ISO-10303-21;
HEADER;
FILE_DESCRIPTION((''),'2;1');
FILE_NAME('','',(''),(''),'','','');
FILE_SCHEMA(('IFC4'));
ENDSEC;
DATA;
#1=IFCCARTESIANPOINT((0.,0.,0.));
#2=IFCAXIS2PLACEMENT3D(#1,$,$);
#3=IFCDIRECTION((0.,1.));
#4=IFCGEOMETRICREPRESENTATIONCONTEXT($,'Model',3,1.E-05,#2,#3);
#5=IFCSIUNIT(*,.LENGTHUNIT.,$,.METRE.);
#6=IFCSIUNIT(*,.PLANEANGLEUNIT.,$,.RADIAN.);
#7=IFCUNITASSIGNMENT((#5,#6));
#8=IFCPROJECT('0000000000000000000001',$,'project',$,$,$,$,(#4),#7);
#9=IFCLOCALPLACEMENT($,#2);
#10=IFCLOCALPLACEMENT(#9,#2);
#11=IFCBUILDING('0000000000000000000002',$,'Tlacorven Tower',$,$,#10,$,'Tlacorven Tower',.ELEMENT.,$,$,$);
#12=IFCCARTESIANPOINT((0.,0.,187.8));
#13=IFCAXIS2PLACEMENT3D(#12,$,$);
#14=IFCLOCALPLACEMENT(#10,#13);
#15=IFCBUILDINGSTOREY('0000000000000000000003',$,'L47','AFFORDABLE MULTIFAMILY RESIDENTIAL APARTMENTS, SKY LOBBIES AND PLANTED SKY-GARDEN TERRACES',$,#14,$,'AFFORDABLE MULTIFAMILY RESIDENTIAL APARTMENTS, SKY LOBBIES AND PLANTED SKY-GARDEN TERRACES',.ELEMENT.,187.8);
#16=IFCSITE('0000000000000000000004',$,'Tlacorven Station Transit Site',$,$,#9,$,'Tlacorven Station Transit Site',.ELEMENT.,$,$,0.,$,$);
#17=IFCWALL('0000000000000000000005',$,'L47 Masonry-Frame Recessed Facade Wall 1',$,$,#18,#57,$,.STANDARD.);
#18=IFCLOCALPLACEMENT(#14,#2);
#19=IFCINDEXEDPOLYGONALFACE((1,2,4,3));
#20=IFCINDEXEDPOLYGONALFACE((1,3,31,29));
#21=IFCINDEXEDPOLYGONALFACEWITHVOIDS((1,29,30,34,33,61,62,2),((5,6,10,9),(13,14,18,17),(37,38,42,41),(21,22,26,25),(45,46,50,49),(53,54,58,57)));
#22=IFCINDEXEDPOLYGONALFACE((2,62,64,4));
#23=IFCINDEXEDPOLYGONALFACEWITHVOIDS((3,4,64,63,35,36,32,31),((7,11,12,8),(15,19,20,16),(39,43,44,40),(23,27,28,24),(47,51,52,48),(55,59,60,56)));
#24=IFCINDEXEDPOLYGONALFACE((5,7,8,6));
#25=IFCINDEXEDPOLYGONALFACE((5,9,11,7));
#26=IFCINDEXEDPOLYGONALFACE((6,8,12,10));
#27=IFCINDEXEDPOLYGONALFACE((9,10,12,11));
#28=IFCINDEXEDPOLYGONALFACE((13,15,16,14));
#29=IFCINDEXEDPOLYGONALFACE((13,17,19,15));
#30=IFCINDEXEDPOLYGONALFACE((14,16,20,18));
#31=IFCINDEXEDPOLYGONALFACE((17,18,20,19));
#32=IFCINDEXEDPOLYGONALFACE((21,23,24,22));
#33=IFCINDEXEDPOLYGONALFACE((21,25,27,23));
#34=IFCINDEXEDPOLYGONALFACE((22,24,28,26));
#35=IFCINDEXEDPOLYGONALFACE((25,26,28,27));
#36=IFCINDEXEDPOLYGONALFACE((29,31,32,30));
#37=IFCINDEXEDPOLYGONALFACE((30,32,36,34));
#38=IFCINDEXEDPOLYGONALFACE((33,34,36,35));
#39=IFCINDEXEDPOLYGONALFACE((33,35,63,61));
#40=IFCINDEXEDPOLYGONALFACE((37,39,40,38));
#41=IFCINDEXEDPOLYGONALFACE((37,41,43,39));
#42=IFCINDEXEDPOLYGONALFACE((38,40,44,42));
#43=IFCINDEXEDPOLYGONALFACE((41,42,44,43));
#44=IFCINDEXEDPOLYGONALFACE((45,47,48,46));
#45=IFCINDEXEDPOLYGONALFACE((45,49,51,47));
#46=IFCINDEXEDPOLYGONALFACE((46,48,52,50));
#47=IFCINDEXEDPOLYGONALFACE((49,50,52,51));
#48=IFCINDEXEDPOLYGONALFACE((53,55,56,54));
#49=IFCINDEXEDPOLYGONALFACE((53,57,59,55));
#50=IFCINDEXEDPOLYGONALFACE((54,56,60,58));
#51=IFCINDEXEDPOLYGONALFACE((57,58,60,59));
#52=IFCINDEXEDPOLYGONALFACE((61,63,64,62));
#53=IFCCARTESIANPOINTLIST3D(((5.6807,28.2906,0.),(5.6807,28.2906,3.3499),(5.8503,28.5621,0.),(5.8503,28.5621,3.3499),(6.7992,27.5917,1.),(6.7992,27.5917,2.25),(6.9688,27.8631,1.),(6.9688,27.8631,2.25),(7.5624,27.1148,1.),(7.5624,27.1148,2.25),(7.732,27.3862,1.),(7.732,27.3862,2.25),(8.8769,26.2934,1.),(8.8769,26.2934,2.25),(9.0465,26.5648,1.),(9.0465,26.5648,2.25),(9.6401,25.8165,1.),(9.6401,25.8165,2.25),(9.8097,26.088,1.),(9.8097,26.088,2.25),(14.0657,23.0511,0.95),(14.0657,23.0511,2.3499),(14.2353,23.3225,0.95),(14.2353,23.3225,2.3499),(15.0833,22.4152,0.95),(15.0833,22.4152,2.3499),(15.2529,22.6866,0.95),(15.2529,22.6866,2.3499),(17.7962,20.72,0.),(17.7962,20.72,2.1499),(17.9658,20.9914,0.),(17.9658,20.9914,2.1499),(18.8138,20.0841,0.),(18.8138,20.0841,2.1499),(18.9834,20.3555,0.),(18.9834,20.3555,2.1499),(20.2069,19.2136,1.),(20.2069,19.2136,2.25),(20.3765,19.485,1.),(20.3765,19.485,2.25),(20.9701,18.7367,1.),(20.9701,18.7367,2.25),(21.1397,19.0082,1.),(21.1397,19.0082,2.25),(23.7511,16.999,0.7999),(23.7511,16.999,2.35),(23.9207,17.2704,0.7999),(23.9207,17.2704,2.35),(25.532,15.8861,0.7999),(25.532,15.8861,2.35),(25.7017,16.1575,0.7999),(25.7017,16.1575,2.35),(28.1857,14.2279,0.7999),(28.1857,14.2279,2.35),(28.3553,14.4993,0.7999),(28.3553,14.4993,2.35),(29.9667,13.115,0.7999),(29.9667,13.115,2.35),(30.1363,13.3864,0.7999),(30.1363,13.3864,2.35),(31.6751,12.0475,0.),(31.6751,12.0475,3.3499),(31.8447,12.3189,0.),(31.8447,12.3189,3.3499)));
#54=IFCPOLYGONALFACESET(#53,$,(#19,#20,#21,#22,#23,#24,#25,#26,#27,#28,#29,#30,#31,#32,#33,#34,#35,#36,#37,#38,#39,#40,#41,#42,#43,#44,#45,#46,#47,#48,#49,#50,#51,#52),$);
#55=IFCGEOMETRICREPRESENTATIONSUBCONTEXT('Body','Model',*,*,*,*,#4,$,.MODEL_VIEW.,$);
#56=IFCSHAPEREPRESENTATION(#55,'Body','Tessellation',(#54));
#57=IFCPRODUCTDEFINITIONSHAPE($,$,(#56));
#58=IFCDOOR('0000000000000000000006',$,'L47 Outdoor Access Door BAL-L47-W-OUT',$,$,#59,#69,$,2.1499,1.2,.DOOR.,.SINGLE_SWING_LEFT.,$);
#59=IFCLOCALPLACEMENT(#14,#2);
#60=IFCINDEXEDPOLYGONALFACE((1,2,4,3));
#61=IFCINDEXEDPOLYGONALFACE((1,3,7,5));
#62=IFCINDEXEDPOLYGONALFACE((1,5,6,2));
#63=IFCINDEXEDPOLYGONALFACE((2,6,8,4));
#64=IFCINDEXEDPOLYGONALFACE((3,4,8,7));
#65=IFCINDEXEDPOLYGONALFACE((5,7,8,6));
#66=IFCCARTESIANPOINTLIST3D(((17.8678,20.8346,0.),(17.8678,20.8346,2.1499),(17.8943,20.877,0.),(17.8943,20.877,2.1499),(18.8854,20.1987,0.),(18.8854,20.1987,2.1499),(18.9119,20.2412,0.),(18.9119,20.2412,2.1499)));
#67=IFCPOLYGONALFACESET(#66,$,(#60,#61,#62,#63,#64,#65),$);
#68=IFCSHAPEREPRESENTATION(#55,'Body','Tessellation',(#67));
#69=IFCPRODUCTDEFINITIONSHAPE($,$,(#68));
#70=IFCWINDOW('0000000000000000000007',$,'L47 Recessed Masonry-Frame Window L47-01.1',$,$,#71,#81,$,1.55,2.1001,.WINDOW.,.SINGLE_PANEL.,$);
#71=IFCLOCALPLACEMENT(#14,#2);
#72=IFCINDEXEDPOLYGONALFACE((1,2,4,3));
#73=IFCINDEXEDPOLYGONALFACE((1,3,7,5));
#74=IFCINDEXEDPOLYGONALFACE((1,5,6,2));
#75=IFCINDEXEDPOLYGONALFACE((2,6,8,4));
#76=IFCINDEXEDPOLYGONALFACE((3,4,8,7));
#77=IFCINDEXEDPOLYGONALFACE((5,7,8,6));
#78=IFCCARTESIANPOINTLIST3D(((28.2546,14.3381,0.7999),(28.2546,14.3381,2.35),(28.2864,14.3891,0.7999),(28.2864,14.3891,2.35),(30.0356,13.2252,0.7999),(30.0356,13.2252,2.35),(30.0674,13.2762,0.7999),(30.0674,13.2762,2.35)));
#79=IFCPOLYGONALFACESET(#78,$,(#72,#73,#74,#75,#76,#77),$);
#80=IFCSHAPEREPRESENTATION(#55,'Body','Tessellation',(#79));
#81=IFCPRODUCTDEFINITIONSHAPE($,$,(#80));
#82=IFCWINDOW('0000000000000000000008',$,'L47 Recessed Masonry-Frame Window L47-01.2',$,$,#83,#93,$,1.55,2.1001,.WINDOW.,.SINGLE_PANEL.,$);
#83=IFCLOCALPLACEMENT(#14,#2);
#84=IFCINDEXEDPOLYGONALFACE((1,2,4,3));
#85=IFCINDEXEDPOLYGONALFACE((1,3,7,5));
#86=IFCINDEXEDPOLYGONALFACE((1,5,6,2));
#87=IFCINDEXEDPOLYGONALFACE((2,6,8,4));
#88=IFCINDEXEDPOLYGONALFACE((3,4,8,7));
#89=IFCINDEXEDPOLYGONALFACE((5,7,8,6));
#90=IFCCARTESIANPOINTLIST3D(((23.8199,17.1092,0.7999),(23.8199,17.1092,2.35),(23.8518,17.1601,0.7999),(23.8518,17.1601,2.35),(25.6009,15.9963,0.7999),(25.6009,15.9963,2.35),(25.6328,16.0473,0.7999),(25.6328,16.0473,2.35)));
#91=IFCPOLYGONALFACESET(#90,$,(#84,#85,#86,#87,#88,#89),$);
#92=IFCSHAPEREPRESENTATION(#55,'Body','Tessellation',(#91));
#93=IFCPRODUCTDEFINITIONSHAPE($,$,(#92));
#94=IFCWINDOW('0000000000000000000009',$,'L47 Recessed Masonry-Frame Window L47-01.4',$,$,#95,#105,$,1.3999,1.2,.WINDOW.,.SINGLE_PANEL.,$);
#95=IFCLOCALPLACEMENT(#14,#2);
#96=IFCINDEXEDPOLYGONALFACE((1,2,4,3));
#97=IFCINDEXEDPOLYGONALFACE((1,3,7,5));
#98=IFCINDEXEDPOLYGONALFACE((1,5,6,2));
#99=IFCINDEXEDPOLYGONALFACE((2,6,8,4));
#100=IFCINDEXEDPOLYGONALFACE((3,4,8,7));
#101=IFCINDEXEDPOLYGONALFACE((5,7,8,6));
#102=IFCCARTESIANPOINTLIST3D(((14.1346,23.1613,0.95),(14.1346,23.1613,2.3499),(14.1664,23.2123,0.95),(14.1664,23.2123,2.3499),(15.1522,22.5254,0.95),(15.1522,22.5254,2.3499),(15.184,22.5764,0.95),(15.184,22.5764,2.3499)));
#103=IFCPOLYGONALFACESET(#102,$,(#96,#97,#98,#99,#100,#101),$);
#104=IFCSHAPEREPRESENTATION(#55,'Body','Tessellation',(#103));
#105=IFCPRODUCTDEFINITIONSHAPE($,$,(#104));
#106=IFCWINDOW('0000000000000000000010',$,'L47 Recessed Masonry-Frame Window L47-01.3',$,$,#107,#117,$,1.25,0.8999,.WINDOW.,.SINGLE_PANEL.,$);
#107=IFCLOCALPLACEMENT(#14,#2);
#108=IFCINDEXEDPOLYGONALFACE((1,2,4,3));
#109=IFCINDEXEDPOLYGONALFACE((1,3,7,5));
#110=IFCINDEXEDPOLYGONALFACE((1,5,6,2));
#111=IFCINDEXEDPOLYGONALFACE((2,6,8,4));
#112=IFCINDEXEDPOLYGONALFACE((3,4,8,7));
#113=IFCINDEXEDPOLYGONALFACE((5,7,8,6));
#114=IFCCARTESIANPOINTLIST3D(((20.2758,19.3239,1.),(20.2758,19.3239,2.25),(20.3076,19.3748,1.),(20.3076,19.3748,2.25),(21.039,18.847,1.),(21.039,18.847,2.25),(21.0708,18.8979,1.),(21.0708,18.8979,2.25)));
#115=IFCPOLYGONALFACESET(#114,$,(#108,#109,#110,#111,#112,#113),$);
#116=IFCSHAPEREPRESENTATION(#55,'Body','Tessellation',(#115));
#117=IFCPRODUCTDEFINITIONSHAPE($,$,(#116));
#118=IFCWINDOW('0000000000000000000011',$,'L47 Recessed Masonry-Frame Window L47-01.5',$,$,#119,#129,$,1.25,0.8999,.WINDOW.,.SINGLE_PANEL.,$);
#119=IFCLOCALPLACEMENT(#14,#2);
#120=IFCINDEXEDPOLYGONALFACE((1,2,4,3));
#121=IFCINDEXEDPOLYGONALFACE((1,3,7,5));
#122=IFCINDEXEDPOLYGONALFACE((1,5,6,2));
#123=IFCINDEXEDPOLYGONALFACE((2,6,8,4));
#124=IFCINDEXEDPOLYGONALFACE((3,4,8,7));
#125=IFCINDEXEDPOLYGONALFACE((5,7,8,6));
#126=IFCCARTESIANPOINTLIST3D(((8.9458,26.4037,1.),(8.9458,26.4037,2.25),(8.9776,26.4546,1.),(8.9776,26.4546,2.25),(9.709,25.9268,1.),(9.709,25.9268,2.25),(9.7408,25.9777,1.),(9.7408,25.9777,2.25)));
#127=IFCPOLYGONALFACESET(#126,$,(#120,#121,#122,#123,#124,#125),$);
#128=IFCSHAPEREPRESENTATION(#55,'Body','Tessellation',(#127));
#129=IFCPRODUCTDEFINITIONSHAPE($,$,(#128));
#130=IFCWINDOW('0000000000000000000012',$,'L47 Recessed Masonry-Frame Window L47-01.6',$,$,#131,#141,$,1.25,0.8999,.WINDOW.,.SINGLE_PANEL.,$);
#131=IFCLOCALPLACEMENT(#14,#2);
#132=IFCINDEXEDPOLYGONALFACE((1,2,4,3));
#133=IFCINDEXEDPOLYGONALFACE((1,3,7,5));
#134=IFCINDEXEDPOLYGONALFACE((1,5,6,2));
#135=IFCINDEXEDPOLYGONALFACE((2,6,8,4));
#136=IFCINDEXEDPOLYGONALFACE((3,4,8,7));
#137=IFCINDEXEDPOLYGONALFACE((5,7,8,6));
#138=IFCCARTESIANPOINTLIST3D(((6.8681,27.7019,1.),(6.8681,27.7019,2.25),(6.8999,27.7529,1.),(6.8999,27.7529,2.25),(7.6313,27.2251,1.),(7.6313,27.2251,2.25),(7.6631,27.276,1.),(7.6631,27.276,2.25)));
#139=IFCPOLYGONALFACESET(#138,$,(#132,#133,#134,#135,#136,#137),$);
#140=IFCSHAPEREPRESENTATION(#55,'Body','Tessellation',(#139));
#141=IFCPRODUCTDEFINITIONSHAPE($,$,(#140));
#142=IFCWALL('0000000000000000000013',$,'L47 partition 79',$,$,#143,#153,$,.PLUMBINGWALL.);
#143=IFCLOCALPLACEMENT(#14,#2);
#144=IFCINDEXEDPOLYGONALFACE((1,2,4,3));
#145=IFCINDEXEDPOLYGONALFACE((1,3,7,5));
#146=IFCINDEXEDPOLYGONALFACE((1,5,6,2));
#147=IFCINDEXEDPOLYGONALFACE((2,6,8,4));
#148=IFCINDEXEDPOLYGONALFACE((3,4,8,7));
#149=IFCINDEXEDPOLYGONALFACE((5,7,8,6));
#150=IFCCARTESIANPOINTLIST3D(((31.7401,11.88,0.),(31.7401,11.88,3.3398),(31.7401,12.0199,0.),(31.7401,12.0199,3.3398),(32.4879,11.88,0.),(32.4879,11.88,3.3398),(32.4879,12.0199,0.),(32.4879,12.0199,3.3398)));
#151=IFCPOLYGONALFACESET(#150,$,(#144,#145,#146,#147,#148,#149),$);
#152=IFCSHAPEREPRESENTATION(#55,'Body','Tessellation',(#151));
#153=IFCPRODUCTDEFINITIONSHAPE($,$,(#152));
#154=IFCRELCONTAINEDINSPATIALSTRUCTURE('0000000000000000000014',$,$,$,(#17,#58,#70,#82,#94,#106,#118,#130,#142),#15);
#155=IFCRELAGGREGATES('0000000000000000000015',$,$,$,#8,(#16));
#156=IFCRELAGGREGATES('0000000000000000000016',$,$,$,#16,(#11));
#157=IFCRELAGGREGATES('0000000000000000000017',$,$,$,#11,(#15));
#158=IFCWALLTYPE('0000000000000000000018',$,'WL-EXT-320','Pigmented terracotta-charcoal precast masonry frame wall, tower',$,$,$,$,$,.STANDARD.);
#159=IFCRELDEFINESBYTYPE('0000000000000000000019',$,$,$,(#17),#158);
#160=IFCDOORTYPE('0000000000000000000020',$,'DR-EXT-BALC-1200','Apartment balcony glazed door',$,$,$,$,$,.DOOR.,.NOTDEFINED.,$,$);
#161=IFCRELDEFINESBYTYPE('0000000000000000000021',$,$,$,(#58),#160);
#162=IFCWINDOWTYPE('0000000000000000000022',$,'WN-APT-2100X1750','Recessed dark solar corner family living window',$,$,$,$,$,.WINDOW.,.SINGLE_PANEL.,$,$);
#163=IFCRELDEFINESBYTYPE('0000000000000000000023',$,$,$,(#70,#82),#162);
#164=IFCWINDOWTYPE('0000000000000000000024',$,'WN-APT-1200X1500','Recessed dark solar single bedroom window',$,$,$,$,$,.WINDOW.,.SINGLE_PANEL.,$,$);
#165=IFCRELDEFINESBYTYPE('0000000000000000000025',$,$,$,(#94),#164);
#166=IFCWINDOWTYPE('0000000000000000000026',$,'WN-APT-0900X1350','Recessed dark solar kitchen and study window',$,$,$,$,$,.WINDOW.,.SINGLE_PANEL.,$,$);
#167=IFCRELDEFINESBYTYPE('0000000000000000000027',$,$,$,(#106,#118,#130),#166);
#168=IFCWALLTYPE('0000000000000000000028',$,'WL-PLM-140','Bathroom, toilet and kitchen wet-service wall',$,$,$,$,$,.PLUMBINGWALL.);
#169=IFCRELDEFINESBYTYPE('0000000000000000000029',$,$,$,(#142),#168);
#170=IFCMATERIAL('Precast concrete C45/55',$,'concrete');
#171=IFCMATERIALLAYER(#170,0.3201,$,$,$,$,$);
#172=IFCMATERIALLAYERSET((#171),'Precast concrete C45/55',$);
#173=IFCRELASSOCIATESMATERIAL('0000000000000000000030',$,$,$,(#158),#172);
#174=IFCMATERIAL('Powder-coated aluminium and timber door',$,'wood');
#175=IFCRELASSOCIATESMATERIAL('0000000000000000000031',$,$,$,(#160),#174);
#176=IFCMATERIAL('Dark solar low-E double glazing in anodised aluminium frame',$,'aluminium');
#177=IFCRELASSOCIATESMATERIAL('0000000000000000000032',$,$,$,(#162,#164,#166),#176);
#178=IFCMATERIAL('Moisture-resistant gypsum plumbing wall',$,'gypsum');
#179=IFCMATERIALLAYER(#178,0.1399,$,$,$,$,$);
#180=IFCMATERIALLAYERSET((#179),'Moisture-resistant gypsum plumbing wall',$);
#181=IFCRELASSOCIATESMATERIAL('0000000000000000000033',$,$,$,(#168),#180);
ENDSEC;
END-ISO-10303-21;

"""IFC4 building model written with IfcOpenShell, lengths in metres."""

from ifc_helpers import new_model, si_unit, direction, frame, frame_2d, origin, place, context, subcontext, project, spatial, rectangle, extrude, source, transform, mapped, material, layer, layer_set, type_object, element, fill, save


model = new_model("IFC4")

# Units and contexts
model_context = context("Model", 3, precision=1e-05, world=origin(), true_north=direction((0.0, 1.0)))
body_context = subcontext(model_context, "Body", "Model", "MODEL_VIEW")
ifc_project = project(units=[si_unit("LENGTHUNIT", "METRE"), si_unit("PLANEANGLEUNIT", "RADIAN")], contexts=[model_context])

# Site, building, storey
site_placement = place(None, origin())
site = spatial("IfcSite", under=ifc_project, at=site_placement, Name="Tlacorven Station Transit Site", LongName="Tlacorven Station Transit Site", CompositionType="ELEMENT", RefElevation=0.0)
building_placement = place(site_placement, origin())
building = spatial("IfcBuilding", under=site, at=building_placement, Name="Tlacorven Tower", LongName="Tlacorven Tower", CompositionType="ELEMENT")
storey_placement = place(building_placement, frame((0.0, 0.0, 187.8)))
storey = spatial("IfcBuildingStorey", under=building, at=storey_placement, Name="L47", Description="AFFORDABLE MULTIFAMILY RESIDENTIAL APARTMENTS, SKY LOBBIES AND PLANTED SKY-GARDEN TERRACES", LongName="AFFORDABLE MULTIFAMILY RESIDENTIAL APARTMENTS, SKY LOBBIES AND PLANTED SKY-GARDEN TERRACES", CompositionType="ELEMENT", Elevation=187.8)

# Wall, openings, door, windows
ifc_material_1 = material(Name="Precast concrete C45/55", Category="concrete")
ifc_layer_1 = layer(ifc_material_1, 0.3201)
ifc_layer_set_1 = layer_set([ifc_layer_1], Name="Precast concrete C45/55")
wall_type_1 = type_object("IfcWallType", Name="WL-EXT-320", Description="Pigmented terracotta-charcoal precast masonry frame wall, tower", PredefinedType="STANDARD", material=ifc_layer_set_1)
wall_1_placement = place(storey_placement, frame((31.76, 12.1831, 0.0), z_axis=(0.0, 0.0, 1.0), x_axis=(-0.848047, 0.529921, 0.0)))
wall_1 = element("IfcWall", 1, at=wall_1_placement, inside=storey, type_object=wall_type_1, Name="L47 Masonry-Frame Recessed Facade Wall 1", PredefinedType="STANDARD", context=body_context, shape_type="SweptSolid", body=[
    extrude(rectangle(XDim=30.6521, YDim=0.3201, at=frame_2d((15.3262, 0.0))), origin(), (0.0, 0.0, 1.0), 3.3499),
])
opening_1_placement = place(wall_1_placement, frame((15.1658, 0.0, 0.0)))
opening_1 = element("IfcOpeningElement", 2, at=opening_1_placement, cuts=wall_1, PredefinedType="OPENING", context=body_context, shape_type="SweptSolid", body=[
    extrude(rectangle(XDim=1.2, YDim=2.1499, at=frame_2d((0.6001, 1.075))), frame((0.0, 0.1699, 0.0), z_axis=(0.0, -1.0, 0.0), x_axis=(1.0, 0.0, 0.0)), (0.0, 0.0, 1.0), 0.3401),
])
opening_2_placement = place(wall_1_placement, frame((2.0146, 0.0, 0.8)))
opening_2 = element("IfcOpeningElement", 3, at=opening_2_placement, cuts=wall_1, PredefinedType="OPENING", context=body_context, shape_type="SweptSolid", body=[
    extrude(rectangle(XDim=2.1001, YDim=1.55, at=frame_2d((1.05, 0.7749))), frame((0.0, 0.1699, 0.0), z_axis=(0.0, -1.0, 0.0), x_axis=(1.0, 0.0, 0.0)), (0.0, 0.0, 1.0), 0.3401),
])
opening_3_placement = place(wall_1_placement, frame((7.2439, 0.0, 0.8)))
opening_3 = element("IfcOpeningElement", 4, at=opening_3_placement, cuts=wall_1, PredefinedType="OPENING", context=body_context, shape_type="SweptSolid", body=[
    extrude(rectangle(XDim=2.1001, YDim=1.55, at=frame_2d((1.05, 0.7749))), frame((0.0, 0.1699, 0.0), z_axis=(0.0, -1.0, 0.0), x_axis=(1.0, 0.0, 0.0)), (0.0, 0.0, 1.0), 0.3401),
])
opening_4_placement = place(wall_1_placement, frame((12.6233, 0.0, 1.0)))
opening_4 = element("IfcOpeningElement", 5, at=opening_4_placement, cuts=wall_1, PredefinedType="OPENING", context=body_context, shape_type="SweptSolid", body=[
    extrude(rectangle(XDim=0.8999, YDim=1.25, at=frame_2d((0.45, 0.625))), frame((0.0, 0.1699, 0.0), z_axis=(0.0, -1.0, 0.0), x_axis=(1.0, 0.0, 0.0)), (0.0, 0.0, 1.0), 0.3401),
])
opening_5_placement = place(wall_1_placement, frame((19.5647, 0.0, 0.95)))
opening_5 = element("IfcOpeningElement", 6, at=opening_5_placement, cuts=wall_1, PredefinedType="OPENING", context=body_context, shape_type="SweptSolid", body=[
    extrude(rectangle(XDim=1.2, YDim=1.3999, at=frame_2d((0.6001, 0.7))), frame((0.0, 0.1699, 0.0), z_axis=(0.0, -1.0, 0.0), x_axis=(1.0, 0.0, 0.0)), (0.0, 0.0, 1.0), 0.3401),
])
opening_6_placement = place(wall_1_placement, frame((25.9834, 0.0, 1.0)))
opening_6 = element("IfcOpeningElement", 7, at=opening_6_placement, cuts=wall_1, PredefinedType="OPENING", context=body_context, shape_type="SweptSolid", body=[
    extrude(rectangle(XDim=0.8999, YDim=1.25, at=frame_2d((0.45, 0.625))), frame((0.0, 0.1699, 0.0), z_axis=(0.0, -1.0, 0.0), x_axis=(1.0, 0.0, 0.0)), (0.0, 0.0, 1.0), 0.3401),
])
opening_7_placement = place(wall_1_placement, frame((28.4333, 0.0, 1.0)))
opening_7 = element("IfcOpeningElement", 8, at=opening_7_placement, cuts=wall_1, PredefinedType="OPENING", context=body_context, shape_type="SweptSolid", body=[
    extrude(rectangle(XDim=0.8999, YDim=1.25, at=frame_2d((0.45, 0.625))), frame((0.0, 0.1699, 0.0), z_axis=(0.0, -1.0, 0.0), x_axis=(1.0, 0.0, 0.0)), (0.0, 0.0, 1.0), 0.3401),
])
ifc_material_2 = material(Name="Powder-coated aluminium and timber door", Category="wood")
door_type_1 = type_object("IfcDoorType", Name="DR-EXT-BALC-1200", Description="Apartment balcony glazed door", OperationType="NOTDEFINED", PredefinedType="DOOR", material=ifc_material_2)
shared_shape_1 = source(origin(), body_context, "Body", "SweptSolid", [
    extrude(rectangle(XDim=1.2, YDim=2.1499, at=frame_2d((0.6001, 1.075))), frame((0.0, 0.0249, 0.0), z_axis=(0.0, -1.0, 0.0), x_axis=(1.0, 0.0, 0.0)), (0.0, 0.0, 1.0), 0.05),
])
door_1_placement = place(opening_1_placement, origin())
door_1 = element("IfcDoor", 9, at=door_1_placement, inside=storey, type_object=door_type_1, Name="L47 Outdoor Access Door BAL-L47-W-OUT", OperationType="SINGLE_SWING_LEFT", OverallHeight=2.1499, OverallWidth=1.2, PredefinedType="DOOR", context=body_context, shape_type="MappedRepresentation", body=[
    mapped(shared_shape_1, transform((0.0, 0.0, 0.0), scale=1.0)),
])
fill(opening_1, door_1)
ifc_material_3 = material(Name="Dark solar low-E double glazing in anodised aluminium frame", Category="aluminium")
window_type_1 = type_object("IfcWindowType", Name="WN-APT-2100X1750", Description="Recessed dark solar corner family living window", PartitioningType="SINGLE_PANEL", PredefinedType="WINDOW", material=ifc_material_3)
shared_shape_2 = source(origin(), body_context, "Body", "SweptSolid", [
    extrude(rectangle(XDim=2.1001, YDim=1.55, at=frame_2d((1.05, 0.7749))), frame((0.0, 0.03, 0.0), z_axis=(0.0, -1.0, 0.0), x_axis=(1.0, 0.0, 0.0)), (0.0, 0.0, 1.0), 0.0601),
])
window_1_placement = place(opening_2_placement, origin())
window_1 = element("IfcWindow", 10, at=window_1_placement, inside=storey, type_object=window_type_1, Name="L47 Recessed Masonry-Frame Window L47-01.1", OverallHeight=1.55, OverallWidth=2.1001, PartitioningType="SINGLE_PANEL", PredefinedType="WINDOW", context=body_context, shape_type="MappedRepresentation", body=[
    mapped(shared_shape_2, transform((0.0, 0.0, 0.0), scale=1.0)),
])
fill(opening_2, window_1)
window_2_placement = place(opening_3_placement, origin())
window_2 = element("IfcWindow", 11, at=window_2_placement, inside=storey, type_object=window_type_1, Name="L47 Recessed Masonry-Frame Window L47-01.2", OverallHeight=1.55, OverallWidth=2.1001, PartitioningType="SINGLE_PANEL", PredefinedType="WINDOW", context=body_context, shape_type="MappedRepresentation", body=[
    mapped(shared_shape_2, transform((0.0, 0.0, 0.0), scale=1.0)),
])
fill(opening_3, window_2)
window_type_2 = type_object("IfcWindowType", Name="WN-APT-1200X1500", Description="Recessed dark solar single bedroom window", PartitioningType="SINGLE_PANEL", PredefinedType="WINDOW", material=ifc_material_3)
shared_shape_3 = source(origin(), body_context, "Body", "SweptSolid", [
    extrude(rectangle(XDim=1.2, YDim=1.3999, at=frame_2d((0.6001, 0.7))), frame((0.0, 0.03, 0.0), z_axis=(0.0, -1.0, 0.0), x_axis=(1.0, 0.0, 0.0)), (0.0, 0.0, 1.0), 0.0601),
])
window_3_placement = place(opening_5_placement, origin())
window_3 = element("IfcWindow", 12, at=window_3_placement, inside=storey, type_object=window_type_2, Name="L47 Recessed Masonry-Frame Window L47-01.4", OverallHeight=1.3999, OverallWidth=1.2, PartitioningType="SINGLE_PANEL", PredefinedType="WINDOW", context=body_context, shape_type="MappedRepresentation", body=[
    mapped(shared_shape_3, transform((0.0, 0.0, 0.0), scale=1.0)),
])
fill(opening_5, window_3)
window_type_3 = type_object("IfcWindowType", Name="WN-APT-0900X1350", Description="Recessed dark solar kitchen and study window", PartitioningType="SINGLE_PANEL", PredefinedType="WINDOW", material=ifc_material_3)
shared_shape_4 = source(origin(), body_context, "Body", "SweptSolid", [
    extrude(rectangle(XDim=0.8999, YDim=1.25, at=frame_2d((0.45, 0.625))), frame((0.0, 0.03, 0.0), z_axis=(0.0, -1.0, 0.0), x_axis=(1.0, 0.0, 0.0)), (0.0, 0.0, 1.0), 0.0601),
])
window_4_placement = place(opening_4_placement, origin())
window_4 = element("IfcWindow", 13, at=window_4_placement, inside=storey, type_object=window_type_3, Name="L47 Recessed Masonry-Frame Window L47-01.3", OverallHeight=1.25, OverallWidth=0.8999, PartitioningType="SINGLE_PANEL", PredefinedType="WINDOW", context=body_context, shape_type="MappedRepresentation", body=[
    mapped(shared_shape_4, transform((0.0, 0.0, 0.0), scale=1.0)),
])
fill(opening_4, window_4)
window_5_placement = place(opening_6_placement, origin())
window_5 = element("IfcWindow", 14, at=window_5_placement, inside=storey, type_object=window_type_3, Name="L47 Recessed Masonry-Frame Window L47-01.5", OverallHeight=1.25, OverallWidth=0.8999, PartitioningType="SINGLE_PANEL", PredefinedType="WINDOW", context=body_context, shape_type="MappedRepresentation", body=[
    mapped(shared_shape_4, transform((0.0, 0.0, 0.0), scale=1.0)),
])
fill(opening_6, window_5)
window_6_placement = place(opening_7_placement, origin())
window_6 = element("IfcWindow", 15, at=window_6_placement, inside=storey, type_object=window_type_3, Name="L47 Recessed Masonry-Frame Window L47-01.6", OverallHeight=1.25, OverallWidth=0.8999, PartitioningType="SINGLE_PANEL", PredefinedType="WINDOW", context=body_context, shape_type="MappedRepresentation", body=[
    mapped(shared_shape_4, transform((0.0, 0.0, 0.0), scale=1.0)),
])
fill(opening_7, window_6)

# Wall
ifc_material_4 = material(Name="Moisture-resistant gypsum plumbing wall", Category="gypsum")
ifc_layer_2 = layer(ifc_material_4, 0.1399)
ifc_layer_set_2 = layer_set([ifc_layer_2], Name="Moisture-resistant gypsum plumbing wall")
wall_type_2 = type_object("IfcWallType", Name="WL-PLM-140", Description="Bathroom, toilet and kitchen wet-service wall", PredefinedType="PLUMBINGWALL", material=ifc_layer_set_2)
wall_2_placement = place(storey_placement, frame((31.74, 11.95, 0.0), z_axis=(0.0, 0.0, 1.0), x_axis=(1.0, 0.0, 0.0)))
element("IfcWall", 16, at=wall_2_placement, inside=storey, type_object=wall_type_2, Name="L47 partition 79", PredefinedType="PLUMBINGWALL", context=body_context, shape_type="SweptSolid", body=[
    extrude(rectangle(XDim=0.7478, YDim=0.1399, at=frame_2d((0.374, 0.0))), origin(), (0.0, 0.0, 1.0), 3.3398),
])

save(model, "model.ifc")
